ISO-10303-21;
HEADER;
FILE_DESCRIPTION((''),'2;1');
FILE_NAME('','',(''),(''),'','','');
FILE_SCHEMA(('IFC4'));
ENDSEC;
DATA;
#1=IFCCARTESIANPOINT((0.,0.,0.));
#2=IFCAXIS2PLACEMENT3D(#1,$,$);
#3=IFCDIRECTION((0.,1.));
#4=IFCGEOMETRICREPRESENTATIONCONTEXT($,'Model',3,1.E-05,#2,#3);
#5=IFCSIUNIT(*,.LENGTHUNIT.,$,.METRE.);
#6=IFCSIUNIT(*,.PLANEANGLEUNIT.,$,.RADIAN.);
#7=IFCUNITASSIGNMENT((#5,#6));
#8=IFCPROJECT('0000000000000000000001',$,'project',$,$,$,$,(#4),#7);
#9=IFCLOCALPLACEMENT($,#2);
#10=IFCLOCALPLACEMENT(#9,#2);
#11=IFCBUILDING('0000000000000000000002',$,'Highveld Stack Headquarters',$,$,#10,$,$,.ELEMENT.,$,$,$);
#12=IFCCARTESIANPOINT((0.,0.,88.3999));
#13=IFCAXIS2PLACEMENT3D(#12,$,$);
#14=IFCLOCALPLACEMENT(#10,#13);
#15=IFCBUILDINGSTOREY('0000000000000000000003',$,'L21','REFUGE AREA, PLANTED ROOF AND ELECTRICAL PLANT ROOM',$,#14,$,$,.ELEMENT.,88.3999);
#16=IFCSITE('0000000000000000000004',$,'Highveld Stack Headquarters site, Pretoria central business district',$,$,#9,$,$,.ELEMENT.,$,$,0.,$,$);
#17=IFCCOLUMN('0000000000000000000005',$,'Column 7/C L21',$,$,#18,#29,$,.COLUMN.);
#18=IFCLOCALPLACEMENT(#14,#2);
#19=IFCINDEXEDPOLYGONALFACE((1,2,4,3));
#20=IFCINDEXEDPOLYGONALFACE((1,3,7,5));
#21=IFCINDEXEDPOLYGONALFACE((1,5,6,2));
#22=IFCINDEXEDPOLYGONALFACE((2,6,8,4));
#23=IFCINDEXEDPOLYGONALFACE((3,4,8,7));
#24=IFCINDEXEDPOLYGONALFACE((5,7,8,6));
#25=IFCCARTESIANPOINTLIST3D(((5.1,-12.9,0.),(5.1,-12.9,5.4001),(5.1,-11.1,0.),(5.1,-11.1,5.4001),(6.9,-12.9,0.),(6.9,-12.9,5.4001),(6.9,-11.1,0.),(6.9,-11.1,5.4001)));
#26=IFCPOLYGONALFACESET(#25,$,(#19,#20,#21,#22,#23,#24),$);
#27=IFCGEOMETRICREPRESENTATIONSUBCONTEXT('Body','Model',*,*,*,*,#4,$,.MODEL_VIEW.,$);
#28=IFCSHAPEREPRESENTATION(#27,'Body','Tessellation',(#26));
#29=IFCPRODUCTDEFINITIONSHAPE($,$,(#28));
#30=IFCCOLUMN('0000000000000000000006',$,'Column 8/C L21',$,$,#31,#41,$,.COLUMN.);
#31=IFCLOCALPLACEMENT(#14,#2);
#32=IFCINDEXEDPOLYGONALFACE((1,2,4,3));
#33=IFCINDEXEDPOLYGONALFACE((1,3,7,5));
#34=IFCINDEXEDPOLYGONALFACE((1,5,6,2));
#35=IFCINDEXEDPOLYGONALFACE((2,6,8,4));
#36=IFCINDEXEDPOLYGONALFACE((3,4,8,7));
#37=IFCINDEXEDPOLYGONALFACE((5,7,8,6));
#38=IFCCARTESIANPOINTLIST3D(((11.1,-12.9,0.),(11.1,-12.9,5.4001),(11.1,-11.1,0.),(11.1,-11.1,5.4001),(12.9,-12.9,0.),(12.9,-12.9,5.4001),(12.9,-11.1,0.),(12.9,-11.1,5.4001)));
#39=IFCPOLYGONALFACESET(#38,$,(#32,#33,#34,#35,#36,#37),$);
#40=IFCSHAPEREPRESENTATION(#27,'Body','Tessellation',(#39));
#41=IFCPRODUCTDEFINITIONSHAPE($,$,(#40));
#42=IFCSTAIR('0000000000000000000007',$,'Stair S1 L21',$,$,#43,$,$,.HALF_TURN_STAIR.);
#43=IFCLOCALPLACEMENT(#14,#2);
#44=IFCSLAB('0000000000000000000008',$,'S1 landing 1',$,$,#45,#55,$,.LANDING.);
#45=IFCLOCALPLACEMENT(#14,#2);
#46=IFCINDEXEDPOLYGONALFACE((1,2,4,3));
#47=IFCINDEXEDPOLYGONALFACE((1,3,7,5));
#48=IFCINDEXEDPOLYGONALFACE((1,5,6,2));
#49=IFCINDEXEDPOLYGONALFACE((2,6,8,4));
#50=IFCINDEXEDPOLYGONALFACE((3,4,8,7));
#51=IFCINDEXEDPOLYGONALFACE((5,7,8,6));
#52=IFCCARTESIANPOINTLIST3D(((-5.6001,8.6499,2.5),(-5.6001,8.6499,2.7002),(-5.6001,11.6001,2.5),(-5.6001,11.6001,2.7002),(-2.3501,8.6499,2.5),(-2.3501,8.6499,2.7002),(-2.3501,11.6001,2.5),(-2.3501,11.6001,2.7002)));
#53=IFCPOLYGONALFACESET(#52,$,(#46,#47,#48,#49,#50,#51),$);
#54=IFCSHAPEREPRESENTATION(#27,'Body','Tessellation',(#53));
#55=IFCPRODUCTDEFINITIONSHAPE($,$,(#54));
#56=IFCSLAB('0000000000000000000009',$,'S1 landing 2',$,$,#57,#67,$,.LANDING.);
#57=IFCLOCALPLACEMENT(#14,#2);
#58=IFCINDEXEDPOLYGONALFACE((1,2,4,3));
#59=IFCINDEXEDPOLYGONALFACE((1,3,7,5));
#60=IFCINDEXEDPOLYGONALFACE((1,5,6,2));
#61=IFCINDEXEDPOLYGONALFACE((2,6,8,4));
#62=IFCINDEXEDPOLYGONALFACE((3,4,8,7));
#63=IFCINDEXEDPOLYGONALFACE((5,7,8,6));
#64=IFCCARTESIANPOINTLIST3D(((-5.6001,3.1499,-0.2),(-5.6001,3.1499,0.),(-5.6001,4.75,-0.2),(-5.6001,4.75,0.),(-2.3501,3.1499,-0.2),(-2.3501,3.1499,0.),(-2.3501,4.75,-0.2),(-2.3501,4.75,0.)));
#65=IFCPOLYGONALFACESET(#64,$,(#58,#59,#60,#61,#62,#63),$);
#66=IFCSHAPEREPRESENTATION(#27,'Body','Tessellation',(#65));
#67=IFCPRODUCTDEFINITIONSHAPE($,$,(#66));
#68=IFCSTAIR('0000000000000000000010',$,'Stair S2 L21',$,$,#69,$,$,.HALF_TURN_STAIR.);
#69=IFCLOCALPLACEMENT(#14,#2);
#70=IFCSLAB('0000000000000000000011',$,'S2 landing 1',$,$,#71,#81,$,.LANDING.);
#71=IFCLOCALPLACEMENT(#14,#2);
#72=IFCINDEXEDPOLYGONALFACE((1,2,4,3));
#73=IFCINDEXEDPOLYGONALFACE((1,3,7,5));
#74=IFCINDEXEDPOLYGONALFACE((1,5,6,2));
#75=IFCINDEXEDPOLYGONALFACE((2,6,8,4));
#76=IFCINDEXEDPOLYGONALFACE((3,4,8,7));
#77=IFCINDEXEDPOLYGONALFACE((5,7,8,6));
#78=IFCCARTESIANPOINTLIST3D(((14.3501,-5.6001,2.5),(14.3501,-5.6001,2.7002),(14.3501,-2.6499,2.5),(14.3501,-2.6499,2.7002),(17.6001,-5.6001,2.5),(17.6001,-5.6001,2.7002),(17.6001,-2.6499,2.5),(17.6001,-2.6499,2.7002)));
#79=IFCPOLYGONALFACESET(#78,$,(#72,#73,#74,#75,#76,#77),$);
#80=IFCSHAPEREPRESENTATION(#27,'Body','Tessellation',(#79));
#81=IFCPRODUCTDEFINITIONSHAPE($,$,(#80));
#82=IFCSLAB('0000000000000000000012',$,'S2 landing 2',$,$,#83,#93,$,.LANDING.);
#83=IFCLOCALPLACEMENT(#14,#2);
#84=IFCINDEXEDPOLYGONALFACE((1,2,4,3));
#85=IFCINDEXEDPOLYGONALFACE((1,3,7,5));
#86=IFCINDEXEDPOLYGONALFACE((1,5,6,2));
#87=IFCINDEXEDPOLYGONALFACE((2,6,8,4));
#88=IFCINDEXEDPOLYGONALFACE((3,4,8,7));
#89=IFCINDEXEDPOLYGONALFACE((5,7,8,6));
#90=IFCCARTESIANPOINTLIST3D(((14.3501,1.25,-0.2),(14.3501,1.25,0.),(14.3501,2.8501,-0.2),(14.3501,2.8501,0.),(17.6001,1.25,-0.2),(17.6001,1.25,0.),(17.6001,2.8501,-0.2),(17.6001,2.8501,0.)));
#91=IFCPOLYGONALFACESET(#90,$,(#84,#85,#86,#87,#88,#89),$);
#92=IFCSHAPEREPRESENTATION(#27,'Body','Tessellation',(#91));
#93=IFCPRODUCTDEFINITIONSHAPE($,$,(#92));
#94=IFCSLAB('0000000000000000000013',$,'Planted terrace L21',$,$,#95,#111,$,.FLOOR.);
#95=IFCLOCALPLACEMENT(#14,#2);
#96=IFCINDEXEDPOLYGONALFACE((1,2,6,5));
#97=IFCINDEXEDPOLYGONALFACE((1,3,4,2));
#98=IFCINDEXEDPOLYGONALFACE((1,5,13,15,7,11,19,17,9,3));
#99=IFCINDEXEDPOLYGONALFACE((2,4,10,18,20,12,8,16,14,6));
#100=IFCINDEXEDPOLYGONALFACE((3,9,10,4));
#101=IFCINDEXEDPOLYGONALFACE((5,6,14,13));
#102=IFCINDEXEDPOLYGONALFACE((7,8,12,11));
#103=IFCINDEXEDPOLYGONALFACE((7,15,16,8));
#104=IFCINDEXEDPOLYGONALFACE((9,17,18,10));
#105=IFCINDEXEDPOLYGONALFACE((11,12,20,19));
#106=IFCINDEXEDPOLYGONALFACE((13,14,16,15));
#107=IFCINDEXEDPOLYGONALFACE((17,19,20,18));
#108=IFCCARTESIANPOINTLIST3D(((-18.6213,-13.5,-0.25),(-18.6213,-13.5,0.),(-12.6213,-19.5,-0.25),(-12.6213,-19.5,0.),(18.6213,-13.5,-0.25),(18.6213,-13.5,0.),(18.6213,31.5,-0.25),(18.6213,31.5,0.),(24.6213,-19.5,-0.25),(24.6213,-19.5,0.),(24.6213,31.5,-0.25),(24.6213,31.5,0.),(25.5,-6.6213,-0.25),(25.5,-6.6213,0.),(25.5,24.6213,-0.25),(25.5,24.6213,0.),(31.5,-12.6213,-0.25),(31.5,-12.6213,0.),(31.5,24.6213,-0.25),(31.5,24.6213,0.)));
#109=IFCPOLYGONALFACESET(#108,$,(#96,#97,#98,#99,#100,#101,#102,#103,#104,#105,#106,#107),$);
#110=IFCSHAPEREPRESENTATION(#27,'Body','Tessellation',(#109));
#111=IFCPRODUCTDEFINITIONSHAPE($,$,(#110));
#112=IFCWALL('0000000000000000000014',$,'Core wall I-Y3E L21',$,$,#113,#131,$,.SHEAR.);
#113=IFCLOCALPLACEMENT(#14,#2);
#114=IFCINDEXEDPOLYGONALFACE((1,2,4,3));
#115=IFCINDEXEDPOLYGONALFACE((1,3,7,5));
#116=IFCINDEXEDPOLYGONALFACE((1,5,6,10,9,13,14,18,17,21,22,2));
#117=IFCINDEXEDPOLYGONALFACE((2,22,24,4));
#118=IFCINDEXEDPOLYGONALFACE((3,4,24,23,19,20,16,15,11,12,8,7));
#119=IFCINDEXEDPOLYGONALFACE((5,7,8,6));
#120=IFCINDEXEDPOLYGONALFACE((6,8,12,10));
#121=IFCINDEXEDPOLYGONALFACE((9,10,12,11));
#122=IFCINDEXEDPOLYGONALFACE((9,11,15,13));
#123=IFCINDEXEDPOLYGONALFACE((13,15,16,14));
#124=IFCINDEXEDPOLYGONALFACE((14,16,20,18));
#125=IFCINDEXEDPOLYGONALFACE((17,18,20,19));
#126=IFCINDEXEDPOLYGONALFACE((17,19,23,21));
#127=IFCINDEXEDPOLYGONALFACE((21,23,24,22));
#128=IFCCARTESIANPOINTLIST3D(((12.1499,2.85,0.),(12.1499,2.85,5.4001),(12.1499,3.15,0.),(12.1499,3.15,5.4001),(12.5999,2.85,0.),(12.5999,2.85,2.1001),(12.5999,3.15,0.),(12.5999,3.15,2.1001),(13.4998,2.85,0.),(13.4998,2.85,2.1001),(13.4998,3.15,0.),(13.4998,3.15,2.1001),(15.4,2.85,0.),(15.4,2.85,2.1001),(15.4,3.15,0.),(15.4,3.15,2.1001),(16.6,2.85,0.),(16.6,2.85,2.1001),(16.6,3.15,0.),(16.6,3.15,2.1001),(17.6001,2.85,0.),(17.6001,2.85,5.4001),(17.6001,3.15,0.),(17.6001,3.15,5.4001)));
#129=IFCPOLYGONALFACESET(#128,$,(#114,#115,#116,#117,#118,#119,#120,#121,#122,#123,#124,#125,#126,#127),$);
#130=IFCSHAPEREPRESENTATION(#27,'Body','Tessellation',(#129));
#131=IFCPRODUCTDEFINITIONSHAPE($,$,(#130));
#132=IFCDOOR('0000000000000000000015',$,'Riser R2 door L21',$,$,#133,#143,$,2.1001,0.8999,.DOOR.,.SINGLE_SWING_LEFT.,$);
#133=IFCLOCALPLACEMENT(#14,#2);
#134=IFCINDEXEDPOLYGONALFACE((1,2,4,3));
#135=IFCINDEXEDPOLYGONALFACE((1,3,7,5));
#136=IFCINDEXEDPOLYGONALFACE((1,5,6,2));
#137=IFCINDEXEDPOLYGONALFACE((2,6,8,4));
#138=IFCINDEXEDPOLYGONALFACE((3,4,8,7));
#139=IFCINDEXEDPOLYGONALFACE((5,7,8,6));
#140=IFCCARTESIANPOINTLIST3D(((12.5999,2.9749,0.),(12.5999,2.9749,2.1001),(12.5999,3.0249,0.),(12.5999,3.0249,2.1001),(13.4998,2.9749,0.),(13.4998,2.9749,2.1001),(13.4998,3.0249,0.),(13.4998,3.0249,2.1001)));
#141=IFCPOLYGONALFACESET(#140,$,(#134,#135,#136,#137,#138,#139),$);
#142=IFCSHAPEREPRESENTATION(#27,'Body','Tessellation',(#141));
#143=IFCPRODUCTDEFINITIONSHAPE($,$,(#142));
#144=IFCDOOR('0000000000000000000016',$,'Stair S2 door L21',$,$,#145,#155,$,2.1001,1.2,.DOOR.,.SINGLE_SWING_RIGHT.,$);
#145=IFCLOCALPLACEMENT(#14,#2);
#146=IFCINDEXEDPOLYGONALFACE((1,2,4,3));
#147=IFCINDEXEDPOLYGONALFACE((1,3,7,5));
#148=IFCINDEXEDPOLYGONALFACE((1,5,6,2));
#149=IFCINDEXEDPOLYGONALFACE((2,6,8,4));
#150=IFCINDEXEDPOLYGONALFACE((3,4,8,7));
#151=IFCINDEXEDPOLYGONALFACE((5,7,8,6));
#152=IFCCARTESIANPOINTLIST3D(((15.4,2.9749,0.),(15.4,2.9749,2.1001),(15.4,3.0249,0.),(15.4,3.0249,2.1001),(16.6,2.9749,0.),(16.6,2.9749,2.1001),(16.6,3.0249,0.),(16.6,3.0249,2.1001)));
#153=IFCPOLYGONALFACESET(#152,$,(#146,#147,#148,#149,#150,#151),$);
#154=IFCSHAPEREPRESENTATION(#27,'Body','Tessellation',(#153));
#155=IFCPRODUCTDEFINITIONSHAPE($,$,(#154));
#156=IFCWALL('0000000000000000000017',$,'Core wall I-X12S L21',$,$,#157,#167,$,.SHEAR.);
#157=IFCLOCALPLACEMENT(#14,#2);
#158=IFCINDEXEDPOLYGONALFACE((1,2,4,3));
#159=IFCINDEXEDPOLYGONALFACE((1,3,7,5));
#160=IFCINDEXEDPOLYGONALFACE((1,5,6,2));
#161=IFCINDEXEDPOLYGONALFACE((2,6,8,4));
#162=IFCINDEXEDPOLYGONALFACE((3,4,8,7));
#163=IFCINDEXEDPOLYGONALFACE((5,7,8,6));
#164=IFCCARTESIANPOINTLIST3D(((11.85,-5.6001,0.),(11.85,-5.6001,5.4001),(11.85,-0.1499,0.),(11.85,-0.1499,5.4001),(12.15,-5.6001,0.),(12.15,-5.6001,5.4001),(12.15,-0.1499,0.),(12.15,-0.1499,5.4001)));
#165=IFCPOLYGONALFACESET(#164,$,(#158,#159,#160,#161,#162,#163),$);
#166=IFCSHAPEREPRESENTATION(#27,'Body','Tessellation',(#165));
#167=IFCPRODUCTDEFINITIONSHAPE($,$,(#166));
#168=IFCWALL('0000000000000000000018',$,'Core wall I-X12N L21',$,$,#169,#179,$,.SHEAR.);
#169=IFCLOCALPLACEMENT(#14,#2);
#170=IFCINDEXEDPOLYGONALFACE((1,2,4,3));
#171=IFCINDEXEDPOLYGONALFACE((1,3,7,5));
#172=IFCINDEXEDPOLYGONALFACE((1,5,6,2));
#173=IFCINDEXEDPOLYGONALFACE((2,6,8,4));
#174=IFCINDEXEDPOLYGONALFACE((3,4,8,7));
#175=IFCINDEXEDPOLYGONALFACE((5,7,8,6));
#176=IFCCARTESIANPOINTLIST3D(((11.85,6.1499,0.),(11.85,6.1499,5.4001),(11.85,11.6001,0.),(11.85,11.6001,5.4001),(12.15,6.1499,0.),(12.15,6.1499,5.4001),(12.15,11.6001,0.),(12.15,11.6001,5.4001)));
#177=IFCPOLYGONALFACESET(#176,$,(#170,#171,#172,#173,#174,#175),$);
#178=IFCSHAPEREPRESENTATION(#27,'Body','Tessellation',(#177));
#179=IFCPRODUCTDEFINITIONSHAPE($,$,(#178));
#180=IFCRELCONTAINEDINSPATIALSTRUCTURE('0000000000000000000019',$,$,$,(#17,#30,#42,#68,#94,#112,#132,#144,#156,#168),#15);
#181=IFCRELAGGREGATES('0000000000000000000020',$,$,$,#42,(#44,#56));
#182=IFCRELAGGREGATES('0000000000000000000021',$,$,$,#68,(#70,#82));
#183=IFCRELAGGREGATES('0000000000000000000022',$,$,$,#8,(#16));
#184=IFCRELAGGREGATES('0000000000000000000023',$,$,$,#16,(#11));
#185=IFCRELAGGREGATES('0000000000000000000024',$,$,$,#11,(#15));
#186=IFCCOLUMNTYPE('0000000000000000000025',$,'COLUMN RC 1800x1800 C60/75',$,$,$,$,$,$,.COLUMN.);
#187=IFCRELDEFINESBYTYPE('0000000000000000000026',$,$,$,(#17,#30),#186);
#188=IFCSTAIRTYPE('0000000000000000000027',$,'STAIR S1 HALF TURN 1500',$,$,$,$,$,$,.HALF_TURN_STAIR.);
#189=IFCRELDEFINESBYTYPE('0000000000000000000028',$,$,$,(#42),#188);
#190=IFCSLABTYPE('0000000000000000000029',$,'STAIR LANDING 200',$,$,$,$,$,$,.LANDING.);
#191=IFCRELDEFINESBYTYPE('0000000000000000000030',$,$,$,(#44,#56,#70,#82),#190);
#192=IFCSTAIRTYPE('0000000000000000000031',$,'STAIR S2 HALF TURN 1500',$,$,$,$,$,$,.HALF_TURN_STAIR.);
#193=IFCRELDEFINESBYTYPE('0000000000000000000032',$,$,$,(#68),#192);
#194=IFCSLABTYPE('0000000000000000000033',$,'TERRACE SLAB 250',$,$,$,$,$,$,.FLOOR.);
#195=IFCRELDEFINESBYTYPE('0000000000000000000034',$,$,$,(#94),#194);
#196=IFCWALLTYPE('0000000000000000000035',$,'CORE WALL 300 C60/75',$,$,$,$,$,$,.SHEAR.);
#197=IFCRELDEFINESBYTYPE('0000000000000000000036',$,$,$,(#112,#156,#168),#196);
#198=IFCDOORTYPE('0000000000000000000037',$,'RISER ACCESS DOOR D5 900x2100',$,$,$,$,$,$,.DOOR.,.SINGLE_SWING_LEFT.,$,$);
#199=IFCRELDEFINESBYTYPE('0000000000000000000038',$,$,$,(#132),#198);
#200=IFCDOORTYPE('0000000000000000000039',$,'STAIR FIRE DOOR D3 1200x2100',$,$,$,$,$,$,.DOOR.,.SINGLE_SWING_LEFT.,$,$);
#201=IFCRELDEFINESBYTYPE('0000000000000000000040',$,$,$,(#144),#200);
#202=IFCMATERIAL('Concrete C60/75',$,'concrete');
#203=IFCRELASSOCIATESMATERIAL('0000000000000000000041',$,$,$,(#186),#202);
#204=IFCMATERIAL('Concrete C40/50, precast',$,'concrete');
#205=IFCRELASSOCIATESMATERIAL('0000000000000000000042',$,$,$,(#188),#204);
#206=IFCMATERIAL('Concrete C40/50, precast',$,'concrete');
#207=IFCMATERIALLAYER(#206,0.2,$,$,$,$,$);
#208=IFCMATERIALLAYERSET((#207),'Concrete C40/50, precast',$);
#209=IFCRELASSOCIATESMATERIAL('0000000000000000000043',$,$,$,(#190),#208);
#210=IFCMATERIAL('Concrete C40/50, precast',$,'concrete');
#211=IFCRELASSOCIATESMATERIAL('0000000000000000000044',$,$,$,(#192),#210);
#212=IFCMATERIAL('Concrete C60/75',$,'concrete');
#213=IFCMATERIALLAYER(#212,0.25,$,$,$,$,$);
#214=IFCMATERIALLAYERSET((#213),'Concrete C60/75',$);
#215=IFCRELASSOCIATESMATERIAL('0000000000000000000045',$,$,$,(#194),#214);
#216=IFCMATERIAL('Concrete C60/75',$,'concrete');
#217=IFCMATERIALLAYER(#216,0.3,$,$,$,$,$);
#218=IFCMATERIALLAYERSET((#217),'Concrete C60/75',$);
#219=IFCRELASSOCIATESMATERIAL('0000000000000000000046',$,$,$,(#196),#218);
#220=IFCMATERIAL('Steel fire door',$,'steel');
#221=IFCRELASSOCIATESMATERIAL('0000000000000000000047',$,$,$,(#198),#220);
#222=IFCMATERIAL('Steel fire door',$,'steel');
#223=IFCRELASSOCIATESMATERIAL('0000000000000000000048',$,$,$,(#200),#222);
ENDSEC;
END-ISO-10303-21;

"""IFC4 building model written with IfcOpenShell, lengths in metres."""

from ifc_helpers import new_model, si_unit, direction, frame, frame_2d, origin, origin_2d, place, context, subcontext, project, spatial, polyline, rectangle, outline, extrude, material, layer, layer_set, material_profile, profile_set, type_object, element, fill, aggregate, save


model = new_model("IFC4")

# Units and contexts
model_context = context("Model", 3, precision=1e-05, world=origin(), true_north=direction((0.0, 1.0)))
body_context = subcontext(model_context, "Body", "Model", "MODEL_VIEW")
ifc_project = project(units=[si_unit("LENGTHUNIT", "METRE"), si_unit("PLANEANGLEUNIT", "RADIAN")], contexts=[model_context])

# Site, building, storey
site_placement = place(None, origin())
site = spatial("IfcSite", under=ifc_project, at=site_placement, Name="Highveld Stack Headquarters site, Pretoria central business district", CompositionType="ELEMENT", RefElevation=0.0)
building_placement = place(site_placement, origin())
building = spatial("IfcBuilding", under=site, at=building_placement, Name="Highveld Stack Headquarters", CompositionType="ELEMENT")
storey_placement = place(building_placement, frame((0.0, 0.0, 88.3999)))
storey = spatial("IfcBuildingStorey", under=building, at=storey_placement, Name="L21", Description="REFUGE AREA, PLANTED ROOF AND ELECTRICAL PLANT ROOM", CompositionType="ELEMENT", Elevation=88.3999)

# Columns
ifc_material_1 = material(Name="Concrete C60/75", Category="concrete")
ifc_material_profile = material_profile(ifc_material_1, rectangle(XDim=1.8, YDim=1.8, at=origin_2d()), Name="RC 1800x1800")
ifc_profile_set = profile_set([ifc_material_profile], Name="Concrete C60/75")
column_type = type_object("IfcColumnType", Name="COLUMN RC 1800x1800 C60/75", PredefinedType="COLUMN", material=ifc_profile_set)
for number, where, z_axis, x_axis, name in (
    (1, (6.0, -12.0, 0.0), (0.0, 0.0, 1.0), (1.0, 0.0, 0.0), "Column 7/C L21"),
    (2, (12.0, -12.0, 0.0), (0.0, 0.0, 1.0), (1.0, 0.0, 0.0), "Column 8/C L21"),
):
    element("IfcColumn", number, at=place(storey_placement, frame(where, z_axis=z_axis, x_axis=x_axis)), inside=storey, type_object=column_type, Name=name, PredefinedType="COLUMN", context=body_context, shape_type="SweptSolid", body=[
        extrude(rectangle(XDim=1.8, YDim=1.8, at=origin_2d()), origin(), (0.0, 0.0, 1.0), 5.4001),
    ])

# Stairs, slabs
ifc_material_2 = material(Name="Concrete C40/50, precast", Category="concrete")
stair_type_1 = type_object("IfcStairType", Name="STAIR S1 HALF TURN 1500", PredefinedType="HALF_TURN_STAIR", material=ifc_material_2)
stair_1_placement = place(storey_placement, origin())
stair_1 = element("IfcStair", 3, at=stair_1_placement, inside=storey, type_object=stair_type_1, Name="Stair S1 L21", PredefinedType="HALF_TURN_STAIR")
ifc_material_3 = material(Name="Concrete C40/50, precast", Category="concrete")
ifc_layer_1 = layer(ifc_material_3, 0.2)
ifc_layer_set_1 = layer_set([ifc_layer_1], Name="Concrete C40/50, precast")
slab_type_1 = type_object("IfcSlabType", Name="STAIR LANDING 200", PredefinedType="LANDING", material=ifc_layer_set_1)
slab_1_placement = place(storey_placement, frame((0.0, 0.0, 2.5)))
slab_1 = element("IfcSlab", 4, at=slab_1_placement, type_object=slab_type_1, Name="S1 landing 1", PredefinedType="LANDING", context=body_context, shape_type="SweptSolid", body=[
    extrude(outline(polyline([(-5.6001, 8.6499), (-2.3501, 8.6499), (-2.3501, 11.6001), (-5.6001, 11.6001), (-5.6001, 8.6499)])), origin(), (0.0, 0.0, 1.0), 0.2002),
])
slab_2_placement = place(storey_placement, frame((0.0, 0.0, -0.2)))
slab_2 = element("IfcSlab", 5, at=slab_2_placement, type_object=slab_type_1, Name="S1 landing 2", PredefinedType="LANDING", context=body_context, shape_type="SweptSolid", body=[
    extrude(outline(polyline([(-5.6001, 3.1499), (-2.3501, 3.1499), (-2.3501, 4.75), (-5.6001, 4.75), (-5.6001, 3.1499)])), origin(), (0.0, 0.0, 1.0), 0.2),
])
aggregate(stair_1, [slab_1, slab_2])
ifc_material_4 = material(Name="Concrete C40/50, precast", Category="concrete")
stair_type_2 = type_object("IfcStairType", Name="STAIR S2 HALF TURN 1500", PredefinedType="HALF_TURN_STAIR", material=ifc_material_4)
stair_2_placement = place(storey_placement, origin())
stair_2 = element("IfcStair", 6, at=stair_2_placement, inside=storey, type_object=stair_type_2, Name="Stair S2 L21", PredefinedType="HALF_TURN_STAIR")
slab_3_placement = place(storey_placement, frame((0.0, 0.0, 2.5)))
slab_3 = element("IfcSlab", 7, at=slab_3_placement, type_object=slab_type_1, Name="S2 landing 1", PredefinedType="LANDING", context=body_context, shape_type="SweptSolid", body=[
    extrude(outline(polyline([(14.3501, -5.6001), (17.6001, -5.6001), (17.6001, -2.6499), (14.3501, -2.6499), (14.3501, -5.6001)])), origin(), (0.0, 0.0, 1.0), 0.2002),
])
slab_4_placement = place(storey_placement, frame((0.0, 0.0, -0.2)))
slab_4 = element("IfcSlab", 8, at=slab_4_placement, type_object=slab_type_1, Name="S2 landing 2", PredefinedType="LANDING", context=body_context, shape_type="SweptSolid", body=[
    extrude(outline(polyline([(14.3501, 1.25), (17.6001, 1.25), (17.6001, 2.8501), (14.3501, 2.8501), (14.3501, 1.25)])), origin(), (0.0, 0.0, 1.0), 0.2),
])
aggregate(stair_2, [slab_3, slab_4])

# Slab
ifc_material_5 = material(Name="Concrete C60/75", Category="concrete")
ifc_layer_2 = layer(ifc_material_5, 0.25)
ifc_layer_set_2 = layer_set([ifc_layer_2], Name="Concrete C60/75")
slab_type_2 = type_object("IfcSlabType", Name="TERRACE SLAB 250", PredefinedType="FLOOR", material=ifc_layer_set_2)
slab_5_placement = place(storey_placement, frame((0.0, 0.0, -0.25)))
element("IfcSlab", 9, at=slab_5_placement, inside=storey, type_object=slab_type_2, Name="Planted terrace L21", PredefinedType="FLOOR", context=body_context, shape_type="SweptSolid", body=[
    extrude(outline(polyline([(24.6213, 31.5), (31.5, 24.6213), (31.5, -12.6213), (24.6213, -19.5), (-12.6213, -19.5), (-18.6213, -13.5), (18.6213, -13.5), (25.5, -6.6213), (25.5, 24.6213), (18.6213, 31.5), (24.6213, 31.5)])), origin(), (0.0, 0.0, 1.0), 0.25),
])

# Wall, openings, doors
ifc_material_6 = material(Name="Concrete C60/75", Category="concrete")
ifc_layer_3 = layer(ifc_material_6, 0.3)
ifc_layer_set_3 = layer_set([ifc_layer_3], Name="Concrete C60/75")
wall_type_1 = type_object("IfcWallType", Name="CORE WALL 300 C60/75", PredefinedType="SHEAR", material=ifc_layer_set_3)
wall_1_placement = place(storey_placement, frame((12.1499, 3.0, 0.0), z_axis=(0.0, 0.0, 1.0), x_axis=(1.0, 0.0, 0.0)))
wall_1 = element("IfcWall", 10, at=wall_1_placement, inside=storey, type_object=wall_type_1, Name="Core wall I-Y3E L21", PredefinedType="SHEAR", context=body_context, shape_type="SweptSolid", body=[
    extrude(rectangle(XDim=5.4502, YDim=0.3, at=frame_2d((2.7251, 0.0))), origin(), (0.0, 0.0, 1.0), 5.4001),
])
opening_1_placement = place(wall_1_placement, frame((3.25, 0.0, 0.0)))
opening_1 = element("IfcOpeningElement", 11, at=opening_1_placement, cuts=wall_1, PredefinedType="OPENING", context=body_context, shape_type="SweptSolid", body=[
    extrude(rectangle(XDim=1.2, YDim=2.1001, at=frame_2d((0.6001, 1.05))), frame((0.0, 0.1599, 0.0), z_axis=(0.0, -1.0, 0.0), x_axis=(1.0, 0.0, 0.0)), (0.0, 0.0, 1.0), 0.3201),
])
opening_2_placement = place(wall_1_placement, frame((0.45, 0.0, 0.0)))
opening_2 = element("IfcOpeningElement", 12, at=opening_2_placement, cuts=wall_1, PredefinedType="OPENING", context=body_context, shape_type="SweptSolid", body=[
    extrude(rectangle(XDim=0.8999, YDim=2.1001, at=frame_2d((0.45, 1.05))), frame((0.0, 0.1599, 0.0), z_axis=(0.0, -1.0, 0.0), x_axis=(1.0, 0.0, 0.0)), (0.0, 0.0, 1.0), 0.3201),
])
ifc_material_7 = material(Name="Steel fire door", Category="steel")
door_type_1 = type_object("IfcDoorType", Name="RISER ACCESS DOOR D5 900x2100", OperationType="SINGLE_SWING_LEFT", PredefinedType="DOOR", material=ifc_material_7)
door_1_placement = place(opening_2_placement, origin())
door_1 = element("IfcDoor", 13, at=door_1_placement, inside=storey, type_object=door_type_1, Name="Riser R2 door L21", OperationType="SINGLE_SWING_LEFT", OverallHeight=2.1001, OverallWidth=0.8999, PredefinedType="DOOR", context=body_context, shape_type="SweptSolid", body=[
    extrude(rectangle(XDim=0.8999, YDim=2.1001, at=frame_2d((0.45, 1.05))), frame((0.0, 0.0249, 0.0), z_axis=(0.0, -1.0, 0.0), x_axis=(1.0, 0.0, 0.0)), (0.0, 0.0, 1.0), 0.05),
])
fill(opening_2, door_1)
ifc_material_8 = material(Name="Steel fire door", Category="steel")
door_type_2 = type_object("IfcDoorType", Name="STAIR FIRE DOOR D3 1200x2100", OperationType="SINGLE_SWING_LEFT", PredefinedType="DOOR", material=ifc_material_8)
door_2_placement = place(opening_1_placement, origin())
door_2 = element("IfcDoor", 14, at=door_2_placement, inside=storey, type_object=door_type_2, Name="Stair S2 door L21", OperationType="SINGLE_SWING_RIGHT", OverallHeight=2.1001, OverallWidth=1.2, PredefinedType="DOOR", context=body_context, shape_type="SweptSolid", body=[
    extrude(rectangle(XDim=1.2, YDim=2.1001, at=frame_2d((0.6001, 1.05))), frame((0.0, 0.0249, 0.0), z_axis=(0.0, -1.0, 0.0), x_axis=(1.0, 0.0, 0.0)), (0.0, 0.0, 1.0), 0.05),
])
fill(opening_1, door_2)

# Walls
for number, where, z_axis, x_axis, name in (
    (15, (12.0, -5.6001, 0.0), (0.0, 0.0, 1.0), (0.0, 1.0, 0.0), "Core wall I-X12S L21"),
    (16, (12.0, 6.1499, 0.0), (0.0, 0.0, 1.0), (0.0, 1.0, 0.0), "Core wall I-X12N L21"),
):
    element("IfcWall", number, at=place(storey_placement, frame(where, z_axis=z_axis, x_axis=x_axis)), inside=storey, type_object=wall_type_1, Name=name, PredefinedType="SHEAR", context=body_context, shape_type="SweptSolid", body=[
        extrude(rectangle(XDim=5.4502, YDim=0.3, at=frame_2d((2.7251, 0.0))), origin(), (0.0, 0.0, 1.0), 5.4001),
    ])

save(model, "model.ifc")
